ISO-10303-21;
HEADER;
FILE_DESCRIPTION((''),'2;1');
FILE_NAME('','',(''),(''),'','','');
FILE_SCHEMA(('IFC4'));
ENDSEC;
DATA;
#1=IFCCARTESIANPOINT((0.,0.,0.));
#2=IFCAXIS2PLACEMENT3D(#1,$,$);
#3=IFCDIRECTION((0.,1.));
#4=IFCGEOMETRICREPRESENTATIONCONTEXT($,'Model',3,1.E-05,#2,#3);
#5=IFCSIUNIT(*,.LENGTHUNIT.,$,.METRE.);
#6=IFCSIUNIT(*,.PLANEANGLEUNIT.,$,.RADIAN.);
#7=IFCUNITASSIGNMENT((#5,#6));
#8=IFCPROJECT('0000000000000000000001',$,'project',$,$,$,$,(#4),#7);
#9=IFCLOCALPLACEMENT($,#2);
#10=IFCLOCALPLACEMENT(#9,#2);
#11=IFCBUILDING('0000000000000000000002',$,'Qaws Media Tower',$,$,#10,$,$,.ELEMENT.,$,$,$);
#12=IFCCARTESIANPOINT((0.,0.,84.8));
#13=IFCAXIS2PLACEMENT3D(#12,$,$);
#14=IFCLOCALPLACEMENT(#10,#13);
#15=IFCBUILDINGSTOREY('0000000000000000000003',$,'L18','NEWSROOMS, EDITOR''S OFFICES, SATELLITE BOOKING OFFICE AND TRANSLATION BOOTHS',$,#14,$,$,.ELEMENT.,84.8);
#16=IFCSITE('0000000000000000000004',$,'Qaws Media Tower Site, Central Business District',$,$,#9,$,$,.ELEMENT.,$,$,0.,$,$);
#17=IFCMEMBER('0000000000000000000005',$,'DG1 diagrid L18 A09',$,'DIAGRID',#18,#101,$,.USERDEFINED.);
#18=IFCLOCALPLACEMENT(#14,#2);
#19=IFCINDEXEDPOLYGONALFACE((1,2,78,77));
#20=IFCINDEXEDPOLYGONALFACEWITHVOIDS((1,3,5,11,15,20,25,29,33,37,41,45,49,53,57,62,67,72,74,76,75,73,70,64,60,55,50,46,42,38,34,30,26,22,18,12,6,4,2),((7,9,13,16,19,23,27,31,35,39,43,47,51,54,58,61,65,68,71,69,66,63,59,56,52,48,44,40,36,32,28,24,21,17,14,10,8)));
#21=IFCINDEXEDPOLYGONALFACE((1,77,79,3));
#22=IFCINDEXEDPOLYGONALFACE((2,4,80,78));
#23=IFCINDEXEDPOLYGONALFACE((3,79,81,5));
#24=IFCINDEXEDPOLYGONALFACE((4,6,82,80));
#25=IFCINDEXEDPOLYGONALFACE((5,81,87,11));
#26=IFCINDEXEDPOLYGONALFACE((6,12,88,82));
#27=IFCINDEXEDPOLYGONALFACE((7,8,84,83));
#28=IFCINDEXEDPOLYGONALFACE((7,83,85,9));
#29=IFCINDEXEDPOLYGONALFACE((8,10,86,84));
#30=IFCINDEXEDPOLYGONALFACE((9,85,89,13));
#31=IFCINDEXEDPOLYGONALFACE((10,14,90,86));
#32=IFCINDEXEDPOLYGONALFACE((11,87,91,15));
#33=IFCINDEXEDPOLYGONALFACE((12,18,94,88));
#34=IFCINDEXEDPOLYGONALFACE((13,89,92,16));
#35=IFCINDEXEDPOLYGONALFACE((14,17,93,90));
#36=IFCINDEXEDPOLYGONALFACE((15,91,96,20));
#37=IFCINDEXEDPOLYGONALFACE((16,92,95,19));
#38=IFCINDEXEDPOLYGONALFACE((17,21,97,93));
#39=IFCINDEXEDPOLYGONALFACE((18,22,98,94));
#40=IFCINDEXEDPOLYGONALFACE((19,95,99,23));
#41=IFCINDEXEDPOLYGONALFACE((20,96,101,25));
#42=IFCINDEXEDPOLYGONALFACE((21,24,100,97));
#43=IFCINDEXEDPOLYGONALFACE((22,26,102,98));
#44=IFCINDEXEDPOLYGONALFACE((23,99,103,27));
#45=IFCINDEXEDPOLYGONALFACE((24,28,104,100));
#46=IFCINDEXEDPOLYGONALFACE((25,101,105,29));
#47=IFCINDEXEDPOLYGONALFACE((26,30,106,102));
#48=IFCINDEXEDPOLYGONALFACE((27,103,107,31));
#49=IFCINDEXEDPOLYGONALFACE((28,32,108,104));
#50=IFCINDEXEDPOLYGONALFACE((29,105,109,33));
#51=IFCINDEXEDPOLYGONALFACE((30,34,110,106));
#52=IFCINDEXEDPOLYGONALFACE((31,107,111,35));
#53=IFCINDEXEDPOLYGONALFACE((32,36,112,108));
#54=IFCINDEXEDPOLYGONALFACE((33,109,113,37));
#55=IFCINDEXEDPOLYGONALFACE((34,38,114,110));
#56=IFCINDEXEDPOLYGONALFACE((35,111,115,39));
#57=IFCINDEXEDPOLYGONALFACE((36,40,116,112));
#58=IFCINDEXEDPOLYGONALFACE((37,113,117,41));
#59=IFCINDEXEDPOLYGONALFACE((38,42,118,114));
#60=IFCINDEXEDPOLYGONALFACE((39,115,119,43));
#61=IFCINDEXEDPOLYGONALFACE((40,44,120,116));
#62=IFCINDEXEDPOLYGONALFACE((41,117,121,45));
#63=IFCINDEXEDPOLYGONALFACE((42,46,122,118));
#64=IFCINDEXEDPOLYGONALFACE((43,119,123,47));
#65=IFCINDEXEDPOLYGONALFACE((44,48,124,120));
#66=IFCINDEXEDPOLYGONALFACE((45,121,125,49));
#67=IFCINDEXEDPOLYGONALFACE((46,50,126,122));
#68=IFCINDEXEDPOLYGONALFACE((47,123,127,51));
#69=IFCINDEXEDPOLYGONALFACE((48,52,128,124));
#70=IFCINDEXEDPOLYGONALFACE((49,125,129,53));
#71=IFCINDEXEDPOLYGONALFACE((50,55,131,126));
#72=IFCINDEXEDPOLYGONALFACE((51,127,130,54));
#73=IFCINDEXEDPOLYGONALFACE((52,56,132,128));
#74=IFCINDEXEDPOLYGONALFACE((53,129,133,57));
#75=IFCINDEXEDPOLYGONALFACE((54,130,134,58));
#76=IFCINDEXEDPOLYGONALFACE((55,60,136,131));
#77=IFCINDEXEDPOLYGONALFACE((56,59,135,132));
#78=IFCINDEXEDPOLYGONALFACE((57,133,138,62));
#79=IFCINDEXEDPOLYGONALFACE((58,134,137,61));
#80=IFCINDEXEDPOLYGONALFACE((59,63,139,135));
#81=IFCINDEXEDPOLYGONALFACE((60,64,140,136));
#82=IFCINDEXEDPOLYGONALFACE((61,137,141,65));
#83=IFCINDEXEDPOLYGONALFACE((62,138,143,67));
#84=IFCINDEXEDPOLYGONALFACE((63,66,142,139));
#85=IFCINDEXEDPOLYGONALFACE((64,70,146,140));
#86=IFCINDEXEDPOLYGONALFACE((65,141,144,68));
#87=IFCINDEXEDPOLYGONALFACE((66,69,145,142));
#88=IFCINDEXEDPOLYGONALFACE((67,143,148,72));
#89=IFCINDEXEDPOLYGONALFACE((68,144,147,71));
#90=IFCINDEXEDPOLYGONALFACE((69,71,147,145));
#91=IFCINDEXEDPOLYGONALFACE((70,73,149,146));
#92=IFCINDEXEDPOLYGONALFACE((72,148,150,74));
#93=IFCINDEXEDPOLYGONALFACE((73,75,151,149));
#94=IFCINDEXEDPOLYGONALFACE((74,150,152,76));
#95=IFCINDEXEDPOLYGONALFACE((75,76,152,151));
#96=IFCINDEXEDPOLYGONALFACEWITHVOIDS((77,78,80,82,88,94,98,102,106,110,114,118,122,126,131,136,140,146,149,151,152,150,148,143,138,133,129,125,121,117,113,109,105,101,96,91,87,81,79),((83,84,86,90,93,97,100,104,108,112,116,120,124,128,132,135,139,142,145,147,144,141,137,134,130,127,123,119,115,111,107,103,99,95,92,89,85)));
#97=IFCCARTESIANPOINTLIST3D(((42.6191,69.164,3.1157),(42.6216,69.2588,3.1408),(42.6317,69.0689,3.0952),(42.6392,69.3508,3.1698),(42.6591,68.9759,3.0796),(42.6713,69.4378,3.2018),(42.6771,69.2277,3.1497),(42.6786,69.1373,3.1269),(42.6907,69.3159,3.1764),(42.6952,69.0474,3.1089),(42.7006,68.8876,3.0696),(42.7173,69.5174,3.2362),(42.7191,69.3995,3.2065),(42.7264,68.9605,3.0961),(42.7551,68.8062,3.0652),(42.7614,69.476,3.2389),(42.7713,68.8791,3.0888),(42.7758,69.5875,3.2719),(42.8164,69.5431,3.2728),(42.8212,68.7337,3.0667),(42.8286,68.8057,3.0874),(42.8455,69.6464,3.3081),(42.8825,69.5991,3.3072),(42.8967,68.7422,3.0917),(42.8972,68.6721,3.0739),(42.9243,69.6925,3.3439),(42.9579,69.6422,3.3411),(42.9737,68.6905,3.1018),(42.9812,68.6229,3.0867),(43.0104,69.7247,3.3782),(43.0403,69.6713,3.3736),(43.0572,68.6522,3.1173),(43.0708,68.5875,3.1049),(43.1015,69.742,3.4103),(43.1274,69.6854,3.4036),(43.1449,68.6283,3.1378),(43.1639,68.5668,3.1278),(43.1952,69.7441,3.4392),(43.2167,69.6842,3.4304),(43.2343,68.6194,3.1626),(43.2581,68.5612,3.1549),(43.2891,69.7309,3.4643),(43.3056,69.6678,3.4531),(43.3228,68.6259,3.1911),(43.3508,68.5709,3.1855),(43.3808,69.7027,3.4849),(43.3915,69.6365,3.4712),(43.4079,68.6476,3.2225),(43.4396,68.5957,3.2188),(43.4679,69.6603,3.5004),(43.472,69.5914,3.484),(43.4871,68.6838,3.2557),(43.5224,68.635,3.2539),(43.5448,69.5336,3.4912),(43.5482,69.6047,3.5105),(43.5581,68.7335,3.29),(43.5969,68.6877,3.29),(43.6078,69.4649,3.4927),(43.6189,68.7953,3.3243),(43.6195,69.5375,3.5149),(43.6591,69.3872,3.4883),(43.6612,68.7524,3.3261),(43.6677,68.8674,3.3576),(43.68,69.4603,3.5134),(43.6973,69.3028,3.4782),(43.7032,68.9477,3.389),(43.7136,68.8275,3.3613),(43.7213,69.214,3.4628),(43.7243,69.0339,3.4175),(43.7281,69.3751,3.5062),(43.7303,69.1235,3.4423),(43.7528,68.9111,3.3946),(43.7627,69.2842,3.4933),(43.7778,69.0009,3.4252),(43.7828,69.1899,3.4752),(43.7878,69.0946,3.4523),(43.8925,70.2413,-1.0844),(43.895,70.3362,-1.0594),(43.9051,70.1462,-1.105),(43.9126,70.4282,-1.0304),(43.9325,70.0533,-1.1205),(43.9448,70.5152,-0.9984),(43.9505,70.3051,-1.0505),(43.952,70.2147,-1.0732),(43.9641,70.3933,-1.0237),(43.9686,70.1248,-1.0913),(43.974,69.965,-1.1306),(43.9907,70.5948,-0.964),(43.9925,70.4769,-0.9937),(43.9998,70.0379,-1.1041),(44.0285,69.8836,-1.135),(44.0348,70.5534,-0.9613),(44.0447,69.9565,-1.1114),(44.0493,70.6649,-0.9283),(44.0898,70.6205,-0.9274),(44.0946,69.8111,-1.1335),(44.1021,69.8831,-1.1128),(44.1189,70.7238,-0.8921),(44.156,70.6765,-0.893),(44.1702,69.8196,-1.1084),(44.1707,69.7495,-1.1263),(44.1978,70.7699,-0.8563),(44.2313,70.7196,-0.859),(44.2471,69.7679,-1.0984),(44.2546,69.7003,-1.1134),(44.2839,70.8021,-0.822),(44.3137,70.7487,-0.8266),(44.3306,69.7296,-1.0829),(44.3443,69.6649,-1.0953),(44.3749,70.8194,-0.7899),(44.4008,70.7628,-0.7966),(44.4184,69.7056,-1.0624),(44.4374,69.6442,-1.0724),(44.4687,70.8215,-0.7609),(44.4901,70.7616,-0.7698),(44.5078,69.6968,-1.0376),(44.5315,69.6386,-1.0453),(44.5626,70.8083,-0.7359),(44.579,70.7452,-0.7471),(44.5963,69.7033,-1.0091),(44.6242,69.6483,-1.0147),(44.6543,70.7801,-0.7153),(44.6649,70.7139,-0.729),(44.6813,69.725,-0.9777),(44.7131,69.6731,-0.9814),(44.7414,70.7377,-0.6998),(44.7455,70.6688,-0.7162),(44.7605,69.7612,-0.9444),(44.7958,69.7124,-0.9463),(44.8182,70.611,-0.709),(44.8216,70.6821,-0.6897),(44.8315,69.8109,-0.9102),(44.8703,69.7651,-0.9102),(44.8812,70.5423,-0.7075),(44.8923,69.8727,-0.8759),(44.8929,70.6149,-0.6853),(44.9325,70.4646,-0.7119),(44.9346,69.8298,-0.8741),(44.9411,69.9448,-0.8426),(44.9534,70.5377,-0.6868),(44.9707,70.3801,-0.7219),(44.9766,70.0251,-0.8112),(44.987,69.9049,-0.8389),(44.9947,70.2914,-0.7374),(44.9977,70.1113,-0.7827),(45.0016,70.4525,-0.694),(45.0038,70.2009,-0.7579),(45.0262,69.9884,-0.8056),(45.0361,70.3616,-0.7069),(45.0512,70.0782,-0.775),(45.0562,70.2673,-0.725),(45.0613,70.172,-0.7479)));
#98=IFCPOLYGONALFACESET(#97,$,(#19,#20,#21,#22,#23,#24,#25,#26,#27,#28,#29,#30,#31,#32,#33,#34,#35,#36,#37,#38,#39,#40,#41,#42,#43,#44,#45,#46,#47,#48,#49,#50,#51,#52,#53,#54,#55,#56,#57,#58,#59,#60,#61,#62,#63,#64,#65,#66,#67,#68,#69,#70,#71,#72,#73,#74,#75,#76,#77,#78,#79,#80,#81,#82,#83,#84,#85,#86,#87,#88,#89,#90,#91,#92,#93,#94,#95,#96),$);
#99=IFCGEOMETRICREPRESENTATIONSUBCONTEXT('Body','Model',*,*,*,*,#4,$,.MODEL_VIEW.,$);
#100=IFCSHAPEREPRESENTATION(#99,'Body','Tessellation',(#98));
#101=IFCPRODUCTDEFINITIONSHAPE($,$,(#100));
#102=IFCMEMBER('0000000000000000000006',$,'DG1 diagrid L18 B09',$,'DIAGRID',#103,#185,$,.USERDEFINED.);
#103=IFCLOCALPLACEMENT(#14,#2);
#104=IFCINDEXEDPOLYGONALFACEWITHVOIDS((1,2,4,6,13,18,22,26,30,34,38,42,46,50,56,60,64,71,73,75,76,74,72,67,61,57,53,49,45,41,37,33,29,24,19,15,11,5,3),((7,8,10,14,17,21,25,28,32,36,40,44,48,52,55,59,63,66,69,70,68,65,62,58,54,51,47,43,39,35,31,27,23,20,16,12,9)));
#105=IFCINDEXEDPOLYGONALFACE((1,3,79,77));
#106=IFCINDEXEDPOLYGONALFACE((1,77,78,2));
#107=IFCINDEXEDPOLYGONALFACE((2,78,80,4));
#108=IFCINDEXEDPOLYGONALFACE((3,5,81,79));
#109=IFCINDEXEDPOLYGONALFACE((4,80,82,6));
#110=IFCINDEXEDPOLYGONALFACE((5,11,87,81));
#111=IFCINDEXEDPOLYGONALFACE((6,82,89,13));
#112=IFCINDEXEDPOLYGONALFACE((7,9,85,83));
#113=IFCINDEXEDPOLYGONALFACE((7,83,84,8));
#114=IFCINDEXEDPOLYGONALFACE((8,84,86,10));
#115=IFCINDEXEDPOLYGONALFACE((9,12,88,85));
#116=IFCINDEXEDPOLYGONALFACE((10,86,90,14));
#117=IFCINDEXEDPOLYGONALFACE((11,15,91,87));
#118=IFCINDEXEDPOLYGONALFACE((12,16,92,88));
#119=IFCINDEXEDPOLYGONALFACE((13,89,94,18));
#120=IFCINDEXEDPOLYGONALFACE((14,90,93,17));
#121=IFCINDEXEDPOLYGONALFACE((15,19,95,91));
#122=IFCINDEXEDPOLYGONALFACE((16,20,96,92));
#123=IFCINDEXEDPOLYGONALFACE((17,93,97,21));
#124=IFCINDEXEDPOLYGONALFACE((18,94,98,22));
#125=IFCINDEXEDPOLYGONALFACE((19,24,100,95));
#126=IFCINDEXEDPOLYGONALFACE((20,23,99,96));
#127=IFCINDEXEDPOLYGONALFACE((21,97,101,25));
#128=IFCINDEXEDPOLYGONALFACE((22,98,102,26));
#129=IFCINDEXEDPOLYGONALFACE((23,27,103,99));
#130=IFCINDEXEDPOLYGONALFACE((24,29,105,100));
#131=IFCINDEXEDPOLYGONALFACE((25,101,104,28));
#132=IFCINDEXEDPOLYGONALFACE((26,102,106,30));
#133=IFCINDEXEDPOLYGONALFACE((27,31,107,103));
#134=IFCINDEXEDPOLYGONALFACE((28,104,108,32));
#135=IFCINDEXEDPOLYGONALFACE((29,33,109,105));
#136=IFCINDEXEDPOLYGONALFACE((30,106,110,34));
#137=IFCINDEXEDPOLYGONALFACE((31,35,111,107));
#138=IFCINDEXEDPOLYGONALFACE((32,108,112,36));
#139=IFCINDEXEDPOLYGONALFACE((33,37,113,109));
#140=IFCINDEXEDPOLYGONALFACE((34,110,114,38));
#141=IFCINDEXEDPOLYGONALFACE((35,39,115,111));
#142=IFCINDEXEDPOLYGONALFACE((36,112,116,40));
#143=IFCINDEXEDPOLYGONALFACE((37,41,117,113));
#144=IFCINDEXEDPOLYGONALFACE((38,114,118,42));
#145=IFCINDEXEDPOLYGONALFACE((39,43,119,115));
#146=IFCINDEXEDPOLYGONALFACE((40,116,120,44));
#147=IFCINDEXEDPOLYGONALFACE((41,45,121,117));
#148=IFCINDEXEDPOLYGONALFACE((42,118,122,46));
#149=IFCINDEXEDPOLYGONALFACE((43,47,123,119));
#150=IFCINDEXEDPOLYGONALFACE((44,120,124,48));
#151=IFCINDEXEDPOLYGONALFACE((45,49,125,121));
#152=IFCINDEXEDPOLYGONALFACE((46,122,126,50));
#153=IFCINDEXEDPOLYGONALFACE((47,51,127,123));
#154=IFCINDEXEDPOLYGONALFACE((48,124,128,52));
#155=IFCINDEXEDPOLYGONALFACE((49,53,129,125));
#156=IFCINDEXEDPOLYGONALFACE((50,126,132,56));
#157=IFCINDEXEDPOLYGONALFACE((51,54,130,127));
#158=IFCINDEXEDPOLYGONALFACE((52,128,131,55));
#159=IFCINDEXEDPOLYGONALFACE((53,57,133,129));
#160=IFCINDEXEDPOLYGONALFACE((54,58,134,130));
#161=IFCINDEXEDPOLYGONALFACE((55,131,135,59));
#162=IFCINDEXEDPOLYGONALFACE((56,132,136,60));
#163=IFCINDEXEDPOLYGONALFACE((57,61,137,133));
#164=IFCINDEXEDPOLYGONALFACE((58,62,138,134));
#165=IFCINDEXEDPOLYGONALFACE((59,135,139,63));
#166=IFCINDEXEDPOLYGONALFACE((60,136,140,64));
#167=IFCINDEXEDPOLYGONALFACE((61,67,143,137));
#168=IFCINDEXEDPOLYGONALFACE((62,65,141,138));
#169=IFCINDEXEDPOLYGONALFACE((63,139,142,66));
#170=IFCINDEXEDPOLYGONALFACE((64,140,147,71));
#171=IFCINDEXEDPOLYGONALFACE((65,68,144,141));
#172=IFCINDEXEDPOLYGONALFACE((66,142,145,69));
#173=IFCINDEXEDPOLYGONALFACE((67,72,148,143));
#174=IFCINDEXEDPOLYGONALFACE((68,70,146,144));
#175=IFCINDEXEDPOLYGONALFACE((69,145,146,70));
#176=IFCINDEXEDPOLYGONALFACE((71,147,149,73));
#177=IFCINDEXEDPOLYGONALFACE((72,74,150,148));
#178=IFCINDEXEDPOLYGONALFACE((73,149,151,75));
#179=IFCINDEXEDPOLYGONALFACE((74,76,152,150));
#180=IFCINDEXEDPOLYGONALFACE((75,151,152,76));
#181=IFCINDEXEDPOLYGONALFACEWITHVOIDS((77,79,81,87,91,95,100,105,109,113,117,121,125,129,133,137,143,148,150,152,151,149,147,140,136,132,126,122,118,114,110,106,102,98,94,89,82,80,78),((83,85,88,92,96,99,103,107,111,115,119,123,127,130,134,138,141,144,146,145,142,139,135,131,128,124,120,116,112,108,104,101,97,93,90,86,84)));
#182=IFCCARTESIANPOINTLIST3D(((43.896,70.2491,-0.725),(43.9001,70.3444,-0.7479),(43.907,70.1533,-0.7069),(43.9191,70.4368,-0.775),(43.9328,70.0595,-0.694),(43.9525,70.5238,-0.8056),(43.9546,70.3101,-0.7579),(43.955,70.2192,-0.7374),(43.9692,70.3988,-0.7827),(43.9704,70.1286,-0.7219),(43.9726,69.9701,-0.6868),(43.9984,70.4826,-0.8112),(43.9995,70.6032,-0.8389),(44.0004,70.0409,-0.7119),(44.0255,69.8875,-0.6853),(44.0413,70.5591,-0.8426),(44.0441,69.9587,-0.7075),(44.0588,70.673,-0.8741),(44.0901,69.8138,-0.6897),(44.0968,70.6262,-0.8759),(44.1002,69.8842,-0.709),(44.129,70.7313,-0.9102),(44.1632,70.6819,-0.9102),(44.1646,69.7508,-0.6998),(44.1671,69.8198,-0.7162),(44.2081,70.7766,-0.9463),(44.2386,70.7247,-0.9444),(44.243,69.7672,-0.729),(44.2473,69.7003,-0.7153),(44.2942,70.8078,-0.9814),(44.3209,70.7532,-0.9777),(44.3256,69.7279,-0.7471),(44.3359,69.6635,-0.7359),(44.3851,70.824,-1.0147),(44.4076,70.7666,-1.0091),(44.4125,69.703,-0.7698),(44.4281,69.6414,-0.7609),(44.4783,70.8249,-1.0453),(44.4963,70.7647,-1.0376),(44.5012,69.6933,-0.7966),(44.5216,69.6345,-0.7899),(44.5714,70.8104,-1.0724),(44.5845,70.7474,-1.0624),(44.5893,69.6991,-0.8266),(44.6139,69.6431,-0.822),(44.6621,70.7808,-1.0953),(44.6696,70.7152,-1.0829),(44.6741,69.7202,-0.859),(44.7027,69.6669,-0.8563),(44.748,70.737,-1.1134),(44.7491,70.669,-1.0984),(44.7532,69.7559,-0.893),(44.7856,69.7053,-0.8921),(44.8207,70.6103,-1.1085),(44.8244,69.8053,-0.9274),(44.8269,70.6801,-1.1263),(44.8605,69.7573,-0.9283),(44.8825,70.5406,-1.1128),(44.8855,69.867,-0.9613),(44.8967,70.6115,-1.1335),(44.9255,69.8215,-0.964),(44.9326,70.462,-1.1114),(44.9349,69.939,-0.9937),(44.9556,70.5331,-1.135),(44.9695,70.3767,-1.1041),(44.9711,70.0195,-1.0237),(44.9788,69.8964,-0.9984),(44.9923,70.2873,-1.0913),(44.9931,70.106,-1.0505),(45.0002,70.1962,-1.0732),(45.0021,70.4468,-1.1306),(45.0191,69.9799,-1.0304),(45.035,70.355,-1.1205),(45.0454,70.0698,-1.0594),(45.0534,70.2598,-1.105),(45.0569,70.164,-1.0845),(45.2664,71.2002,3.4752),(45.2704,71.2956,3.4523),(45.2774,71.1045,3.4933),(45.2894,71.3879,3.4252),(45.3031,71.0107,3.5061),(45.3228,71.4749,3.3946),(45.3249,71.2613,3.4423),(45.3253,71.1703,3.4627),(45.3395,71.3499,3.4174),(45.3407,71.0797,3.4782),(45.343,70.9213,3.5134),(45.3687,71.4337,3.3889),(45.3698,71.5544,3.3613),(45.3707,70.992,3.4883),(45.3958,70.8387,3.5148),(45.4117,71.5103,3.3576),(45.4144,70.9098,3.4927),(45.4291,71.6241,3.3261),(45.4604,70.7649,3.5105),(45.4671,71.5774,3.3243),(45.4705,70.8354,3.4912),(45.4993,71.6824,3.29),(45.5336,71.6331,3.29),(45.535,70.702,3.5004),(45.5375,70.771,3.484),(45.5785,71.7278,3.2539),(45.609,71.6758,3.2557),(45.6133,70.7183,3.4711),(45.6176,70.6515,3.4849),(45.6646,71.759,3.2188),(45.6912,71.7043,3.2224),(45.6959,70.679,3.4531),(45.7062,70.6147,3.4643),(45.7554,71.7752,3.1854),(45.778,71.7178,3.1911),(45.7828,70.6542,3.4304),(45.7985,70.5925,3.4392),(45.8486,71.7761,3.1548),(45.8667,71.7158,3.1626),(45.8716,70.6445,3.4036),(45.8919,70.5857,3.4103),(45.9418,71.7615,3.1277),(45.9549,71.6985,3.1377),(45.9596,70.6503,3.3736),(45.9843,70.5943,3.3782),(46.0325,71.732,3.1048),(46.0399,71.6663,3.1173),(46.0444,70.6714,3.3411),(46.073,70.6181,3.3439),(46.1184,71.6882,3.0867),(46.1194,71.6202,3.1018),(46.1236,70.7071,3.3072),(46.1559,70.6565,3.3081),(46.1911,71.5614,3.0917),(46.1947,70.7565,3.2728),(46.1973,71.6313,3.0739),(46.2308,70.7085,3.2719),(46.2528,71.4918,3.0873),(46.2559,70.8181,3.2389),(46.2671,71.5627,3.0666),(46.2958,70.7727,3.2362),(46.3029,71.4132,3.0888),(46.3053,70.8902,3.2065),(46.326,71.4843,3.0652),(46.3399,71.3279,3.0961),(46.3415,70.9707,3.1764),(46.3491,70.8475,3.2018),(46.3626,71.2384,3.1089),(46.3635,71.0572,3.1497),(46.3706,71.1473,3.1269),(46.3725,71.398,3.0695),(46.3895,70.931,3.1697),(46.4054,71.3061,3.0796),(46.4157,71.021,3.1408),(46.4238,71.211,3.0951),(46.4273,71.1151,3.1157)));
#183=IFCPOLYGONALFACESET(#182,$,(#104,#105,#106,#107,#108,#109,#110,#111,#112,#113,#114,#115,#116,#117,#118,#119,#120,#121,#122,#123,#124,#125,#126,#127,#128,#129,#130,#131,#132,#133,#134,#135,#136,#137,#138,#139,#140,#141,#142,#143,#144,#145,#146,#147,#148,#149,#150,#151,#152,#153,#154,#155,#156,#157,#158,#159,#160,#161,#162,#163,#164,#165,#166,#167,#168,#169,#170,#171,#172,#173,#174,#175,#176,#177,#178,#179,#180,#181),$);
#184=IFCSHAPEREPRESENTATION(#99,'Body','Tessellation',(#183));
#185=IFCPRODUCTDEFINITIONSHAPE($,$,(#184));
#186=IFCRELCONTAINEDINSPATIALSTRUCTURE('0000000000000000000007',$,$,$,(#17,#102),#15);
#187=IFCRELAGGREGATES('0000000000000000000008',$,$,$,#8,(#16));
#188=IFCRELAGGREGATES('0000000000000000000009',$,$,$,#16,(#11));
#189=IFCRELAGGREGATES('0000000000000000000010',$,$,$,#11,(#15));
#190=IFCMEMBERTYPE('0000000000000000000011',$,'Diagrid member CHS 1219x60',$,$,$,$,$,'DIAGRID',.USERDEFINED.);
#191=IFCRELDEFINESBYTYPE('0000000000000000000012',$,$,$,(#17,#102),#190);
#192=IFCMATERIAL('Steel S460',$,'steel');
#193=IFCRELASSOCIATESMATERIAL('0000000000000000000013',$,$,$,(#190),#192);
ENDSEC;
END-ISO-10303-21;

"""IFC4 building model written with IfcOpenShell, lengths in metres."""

from ifc_helpers import new_model, si_unit, direction, frame, origin, origin_2d, place, context, subcontext, project, spatial, hollow_circle, extrude, material, material_profile, profile_set, type_object, element, save


model = new_model("IFC4")

# Units and contexts
model_context = context("Model", 3, precision=1e-05, world=origin(), true_north=direction((0.0, 1.0)))
body_context = subcontext(model_context, "Body", "Model", "MODEL_VIEW")
ifc_project = project(units=[si_unit("LENGTHUNIT", "METRE"), si_unit("PLANEANGLEUNIT", "RADIAN")], contexts=[model_context])

# Site, building, storey
site_placement = place(None, origin())
site = spatial("IfcSite", under=ifc_project, at=site_placement, Name="Qaws Media Tower Site, Central Business District", CompositionType="ELEMENT", RefElevation=0.0)
building_placement = place(site_placement, origin())
building = spatial("IfcBuilding", under=site, at=building_placement, Name="Qaws Media Tower", CompositionType="ELEMENT")
storey_placement = place(building_placement, frame((0.0, 0.0, 84.8)))
storey = spatial("IfcBuildingStorey", under=building, at=storey_placement, Name="L18", Description="NEWSROOMS, EDITOR'S OFFICES, SATELLITE BOOKING OFFICE AND TRANSLATION BOOTHS", CompositionType="ELEMENT", Elevation=84.8)

# Members
ifc_material_1 = material(Name="Steel S460", Category="steel")
ifc_material_profile_1 = material_profile(ifc_material_1, hollow_circle(Radius=0.6096, WallThickness=0.0601, at=origin_2d()), Name="CHS 1219x60")
ifc_profile_set_1 = profile_set([ifc_material_profile_1], Name="Steel S460")
member_type_1 = type_object("IfcMemberType", Name="Diagrid member CHS 1219x60", ElementType="DIAGRID", PredefinedType="USERDEFINED", material=ifc_profile_set_1)
for number, where, z_axis, x_axis, name in (
    (1, (44.4766, 70.2305, -0.9102), (-0.281778, -0.238398, 0.929391), (0.645896, -0.763425, 0.0), "DG1 diagrid L18 A09"),
    (2, (44.4766, 70.2305, -0.9102), (0.303223, 0.210468, 0.929386), (-0.570207, 0.821501, 0.0), "DG1 diagrid L18 B09"),
):
    element("IfcMember", number, at=place(storey_placement, frame(where, z_axis=z_axis, x_axis=x_axis)), inside=storey, type_object=member_type_1, Name=name, ObjectType="DIAGRID", PredefinedType="USERDEFINED", context=body_context, shape_type="SweptSolid", body=[
        extrude(hollow_circle(Radius=0.6096, WallThickness=0.0601, at=origin_2d()), origin(), (0.0, 0.0, 1.0), 4.5193),
    ])

save(model, "model.ifc")
